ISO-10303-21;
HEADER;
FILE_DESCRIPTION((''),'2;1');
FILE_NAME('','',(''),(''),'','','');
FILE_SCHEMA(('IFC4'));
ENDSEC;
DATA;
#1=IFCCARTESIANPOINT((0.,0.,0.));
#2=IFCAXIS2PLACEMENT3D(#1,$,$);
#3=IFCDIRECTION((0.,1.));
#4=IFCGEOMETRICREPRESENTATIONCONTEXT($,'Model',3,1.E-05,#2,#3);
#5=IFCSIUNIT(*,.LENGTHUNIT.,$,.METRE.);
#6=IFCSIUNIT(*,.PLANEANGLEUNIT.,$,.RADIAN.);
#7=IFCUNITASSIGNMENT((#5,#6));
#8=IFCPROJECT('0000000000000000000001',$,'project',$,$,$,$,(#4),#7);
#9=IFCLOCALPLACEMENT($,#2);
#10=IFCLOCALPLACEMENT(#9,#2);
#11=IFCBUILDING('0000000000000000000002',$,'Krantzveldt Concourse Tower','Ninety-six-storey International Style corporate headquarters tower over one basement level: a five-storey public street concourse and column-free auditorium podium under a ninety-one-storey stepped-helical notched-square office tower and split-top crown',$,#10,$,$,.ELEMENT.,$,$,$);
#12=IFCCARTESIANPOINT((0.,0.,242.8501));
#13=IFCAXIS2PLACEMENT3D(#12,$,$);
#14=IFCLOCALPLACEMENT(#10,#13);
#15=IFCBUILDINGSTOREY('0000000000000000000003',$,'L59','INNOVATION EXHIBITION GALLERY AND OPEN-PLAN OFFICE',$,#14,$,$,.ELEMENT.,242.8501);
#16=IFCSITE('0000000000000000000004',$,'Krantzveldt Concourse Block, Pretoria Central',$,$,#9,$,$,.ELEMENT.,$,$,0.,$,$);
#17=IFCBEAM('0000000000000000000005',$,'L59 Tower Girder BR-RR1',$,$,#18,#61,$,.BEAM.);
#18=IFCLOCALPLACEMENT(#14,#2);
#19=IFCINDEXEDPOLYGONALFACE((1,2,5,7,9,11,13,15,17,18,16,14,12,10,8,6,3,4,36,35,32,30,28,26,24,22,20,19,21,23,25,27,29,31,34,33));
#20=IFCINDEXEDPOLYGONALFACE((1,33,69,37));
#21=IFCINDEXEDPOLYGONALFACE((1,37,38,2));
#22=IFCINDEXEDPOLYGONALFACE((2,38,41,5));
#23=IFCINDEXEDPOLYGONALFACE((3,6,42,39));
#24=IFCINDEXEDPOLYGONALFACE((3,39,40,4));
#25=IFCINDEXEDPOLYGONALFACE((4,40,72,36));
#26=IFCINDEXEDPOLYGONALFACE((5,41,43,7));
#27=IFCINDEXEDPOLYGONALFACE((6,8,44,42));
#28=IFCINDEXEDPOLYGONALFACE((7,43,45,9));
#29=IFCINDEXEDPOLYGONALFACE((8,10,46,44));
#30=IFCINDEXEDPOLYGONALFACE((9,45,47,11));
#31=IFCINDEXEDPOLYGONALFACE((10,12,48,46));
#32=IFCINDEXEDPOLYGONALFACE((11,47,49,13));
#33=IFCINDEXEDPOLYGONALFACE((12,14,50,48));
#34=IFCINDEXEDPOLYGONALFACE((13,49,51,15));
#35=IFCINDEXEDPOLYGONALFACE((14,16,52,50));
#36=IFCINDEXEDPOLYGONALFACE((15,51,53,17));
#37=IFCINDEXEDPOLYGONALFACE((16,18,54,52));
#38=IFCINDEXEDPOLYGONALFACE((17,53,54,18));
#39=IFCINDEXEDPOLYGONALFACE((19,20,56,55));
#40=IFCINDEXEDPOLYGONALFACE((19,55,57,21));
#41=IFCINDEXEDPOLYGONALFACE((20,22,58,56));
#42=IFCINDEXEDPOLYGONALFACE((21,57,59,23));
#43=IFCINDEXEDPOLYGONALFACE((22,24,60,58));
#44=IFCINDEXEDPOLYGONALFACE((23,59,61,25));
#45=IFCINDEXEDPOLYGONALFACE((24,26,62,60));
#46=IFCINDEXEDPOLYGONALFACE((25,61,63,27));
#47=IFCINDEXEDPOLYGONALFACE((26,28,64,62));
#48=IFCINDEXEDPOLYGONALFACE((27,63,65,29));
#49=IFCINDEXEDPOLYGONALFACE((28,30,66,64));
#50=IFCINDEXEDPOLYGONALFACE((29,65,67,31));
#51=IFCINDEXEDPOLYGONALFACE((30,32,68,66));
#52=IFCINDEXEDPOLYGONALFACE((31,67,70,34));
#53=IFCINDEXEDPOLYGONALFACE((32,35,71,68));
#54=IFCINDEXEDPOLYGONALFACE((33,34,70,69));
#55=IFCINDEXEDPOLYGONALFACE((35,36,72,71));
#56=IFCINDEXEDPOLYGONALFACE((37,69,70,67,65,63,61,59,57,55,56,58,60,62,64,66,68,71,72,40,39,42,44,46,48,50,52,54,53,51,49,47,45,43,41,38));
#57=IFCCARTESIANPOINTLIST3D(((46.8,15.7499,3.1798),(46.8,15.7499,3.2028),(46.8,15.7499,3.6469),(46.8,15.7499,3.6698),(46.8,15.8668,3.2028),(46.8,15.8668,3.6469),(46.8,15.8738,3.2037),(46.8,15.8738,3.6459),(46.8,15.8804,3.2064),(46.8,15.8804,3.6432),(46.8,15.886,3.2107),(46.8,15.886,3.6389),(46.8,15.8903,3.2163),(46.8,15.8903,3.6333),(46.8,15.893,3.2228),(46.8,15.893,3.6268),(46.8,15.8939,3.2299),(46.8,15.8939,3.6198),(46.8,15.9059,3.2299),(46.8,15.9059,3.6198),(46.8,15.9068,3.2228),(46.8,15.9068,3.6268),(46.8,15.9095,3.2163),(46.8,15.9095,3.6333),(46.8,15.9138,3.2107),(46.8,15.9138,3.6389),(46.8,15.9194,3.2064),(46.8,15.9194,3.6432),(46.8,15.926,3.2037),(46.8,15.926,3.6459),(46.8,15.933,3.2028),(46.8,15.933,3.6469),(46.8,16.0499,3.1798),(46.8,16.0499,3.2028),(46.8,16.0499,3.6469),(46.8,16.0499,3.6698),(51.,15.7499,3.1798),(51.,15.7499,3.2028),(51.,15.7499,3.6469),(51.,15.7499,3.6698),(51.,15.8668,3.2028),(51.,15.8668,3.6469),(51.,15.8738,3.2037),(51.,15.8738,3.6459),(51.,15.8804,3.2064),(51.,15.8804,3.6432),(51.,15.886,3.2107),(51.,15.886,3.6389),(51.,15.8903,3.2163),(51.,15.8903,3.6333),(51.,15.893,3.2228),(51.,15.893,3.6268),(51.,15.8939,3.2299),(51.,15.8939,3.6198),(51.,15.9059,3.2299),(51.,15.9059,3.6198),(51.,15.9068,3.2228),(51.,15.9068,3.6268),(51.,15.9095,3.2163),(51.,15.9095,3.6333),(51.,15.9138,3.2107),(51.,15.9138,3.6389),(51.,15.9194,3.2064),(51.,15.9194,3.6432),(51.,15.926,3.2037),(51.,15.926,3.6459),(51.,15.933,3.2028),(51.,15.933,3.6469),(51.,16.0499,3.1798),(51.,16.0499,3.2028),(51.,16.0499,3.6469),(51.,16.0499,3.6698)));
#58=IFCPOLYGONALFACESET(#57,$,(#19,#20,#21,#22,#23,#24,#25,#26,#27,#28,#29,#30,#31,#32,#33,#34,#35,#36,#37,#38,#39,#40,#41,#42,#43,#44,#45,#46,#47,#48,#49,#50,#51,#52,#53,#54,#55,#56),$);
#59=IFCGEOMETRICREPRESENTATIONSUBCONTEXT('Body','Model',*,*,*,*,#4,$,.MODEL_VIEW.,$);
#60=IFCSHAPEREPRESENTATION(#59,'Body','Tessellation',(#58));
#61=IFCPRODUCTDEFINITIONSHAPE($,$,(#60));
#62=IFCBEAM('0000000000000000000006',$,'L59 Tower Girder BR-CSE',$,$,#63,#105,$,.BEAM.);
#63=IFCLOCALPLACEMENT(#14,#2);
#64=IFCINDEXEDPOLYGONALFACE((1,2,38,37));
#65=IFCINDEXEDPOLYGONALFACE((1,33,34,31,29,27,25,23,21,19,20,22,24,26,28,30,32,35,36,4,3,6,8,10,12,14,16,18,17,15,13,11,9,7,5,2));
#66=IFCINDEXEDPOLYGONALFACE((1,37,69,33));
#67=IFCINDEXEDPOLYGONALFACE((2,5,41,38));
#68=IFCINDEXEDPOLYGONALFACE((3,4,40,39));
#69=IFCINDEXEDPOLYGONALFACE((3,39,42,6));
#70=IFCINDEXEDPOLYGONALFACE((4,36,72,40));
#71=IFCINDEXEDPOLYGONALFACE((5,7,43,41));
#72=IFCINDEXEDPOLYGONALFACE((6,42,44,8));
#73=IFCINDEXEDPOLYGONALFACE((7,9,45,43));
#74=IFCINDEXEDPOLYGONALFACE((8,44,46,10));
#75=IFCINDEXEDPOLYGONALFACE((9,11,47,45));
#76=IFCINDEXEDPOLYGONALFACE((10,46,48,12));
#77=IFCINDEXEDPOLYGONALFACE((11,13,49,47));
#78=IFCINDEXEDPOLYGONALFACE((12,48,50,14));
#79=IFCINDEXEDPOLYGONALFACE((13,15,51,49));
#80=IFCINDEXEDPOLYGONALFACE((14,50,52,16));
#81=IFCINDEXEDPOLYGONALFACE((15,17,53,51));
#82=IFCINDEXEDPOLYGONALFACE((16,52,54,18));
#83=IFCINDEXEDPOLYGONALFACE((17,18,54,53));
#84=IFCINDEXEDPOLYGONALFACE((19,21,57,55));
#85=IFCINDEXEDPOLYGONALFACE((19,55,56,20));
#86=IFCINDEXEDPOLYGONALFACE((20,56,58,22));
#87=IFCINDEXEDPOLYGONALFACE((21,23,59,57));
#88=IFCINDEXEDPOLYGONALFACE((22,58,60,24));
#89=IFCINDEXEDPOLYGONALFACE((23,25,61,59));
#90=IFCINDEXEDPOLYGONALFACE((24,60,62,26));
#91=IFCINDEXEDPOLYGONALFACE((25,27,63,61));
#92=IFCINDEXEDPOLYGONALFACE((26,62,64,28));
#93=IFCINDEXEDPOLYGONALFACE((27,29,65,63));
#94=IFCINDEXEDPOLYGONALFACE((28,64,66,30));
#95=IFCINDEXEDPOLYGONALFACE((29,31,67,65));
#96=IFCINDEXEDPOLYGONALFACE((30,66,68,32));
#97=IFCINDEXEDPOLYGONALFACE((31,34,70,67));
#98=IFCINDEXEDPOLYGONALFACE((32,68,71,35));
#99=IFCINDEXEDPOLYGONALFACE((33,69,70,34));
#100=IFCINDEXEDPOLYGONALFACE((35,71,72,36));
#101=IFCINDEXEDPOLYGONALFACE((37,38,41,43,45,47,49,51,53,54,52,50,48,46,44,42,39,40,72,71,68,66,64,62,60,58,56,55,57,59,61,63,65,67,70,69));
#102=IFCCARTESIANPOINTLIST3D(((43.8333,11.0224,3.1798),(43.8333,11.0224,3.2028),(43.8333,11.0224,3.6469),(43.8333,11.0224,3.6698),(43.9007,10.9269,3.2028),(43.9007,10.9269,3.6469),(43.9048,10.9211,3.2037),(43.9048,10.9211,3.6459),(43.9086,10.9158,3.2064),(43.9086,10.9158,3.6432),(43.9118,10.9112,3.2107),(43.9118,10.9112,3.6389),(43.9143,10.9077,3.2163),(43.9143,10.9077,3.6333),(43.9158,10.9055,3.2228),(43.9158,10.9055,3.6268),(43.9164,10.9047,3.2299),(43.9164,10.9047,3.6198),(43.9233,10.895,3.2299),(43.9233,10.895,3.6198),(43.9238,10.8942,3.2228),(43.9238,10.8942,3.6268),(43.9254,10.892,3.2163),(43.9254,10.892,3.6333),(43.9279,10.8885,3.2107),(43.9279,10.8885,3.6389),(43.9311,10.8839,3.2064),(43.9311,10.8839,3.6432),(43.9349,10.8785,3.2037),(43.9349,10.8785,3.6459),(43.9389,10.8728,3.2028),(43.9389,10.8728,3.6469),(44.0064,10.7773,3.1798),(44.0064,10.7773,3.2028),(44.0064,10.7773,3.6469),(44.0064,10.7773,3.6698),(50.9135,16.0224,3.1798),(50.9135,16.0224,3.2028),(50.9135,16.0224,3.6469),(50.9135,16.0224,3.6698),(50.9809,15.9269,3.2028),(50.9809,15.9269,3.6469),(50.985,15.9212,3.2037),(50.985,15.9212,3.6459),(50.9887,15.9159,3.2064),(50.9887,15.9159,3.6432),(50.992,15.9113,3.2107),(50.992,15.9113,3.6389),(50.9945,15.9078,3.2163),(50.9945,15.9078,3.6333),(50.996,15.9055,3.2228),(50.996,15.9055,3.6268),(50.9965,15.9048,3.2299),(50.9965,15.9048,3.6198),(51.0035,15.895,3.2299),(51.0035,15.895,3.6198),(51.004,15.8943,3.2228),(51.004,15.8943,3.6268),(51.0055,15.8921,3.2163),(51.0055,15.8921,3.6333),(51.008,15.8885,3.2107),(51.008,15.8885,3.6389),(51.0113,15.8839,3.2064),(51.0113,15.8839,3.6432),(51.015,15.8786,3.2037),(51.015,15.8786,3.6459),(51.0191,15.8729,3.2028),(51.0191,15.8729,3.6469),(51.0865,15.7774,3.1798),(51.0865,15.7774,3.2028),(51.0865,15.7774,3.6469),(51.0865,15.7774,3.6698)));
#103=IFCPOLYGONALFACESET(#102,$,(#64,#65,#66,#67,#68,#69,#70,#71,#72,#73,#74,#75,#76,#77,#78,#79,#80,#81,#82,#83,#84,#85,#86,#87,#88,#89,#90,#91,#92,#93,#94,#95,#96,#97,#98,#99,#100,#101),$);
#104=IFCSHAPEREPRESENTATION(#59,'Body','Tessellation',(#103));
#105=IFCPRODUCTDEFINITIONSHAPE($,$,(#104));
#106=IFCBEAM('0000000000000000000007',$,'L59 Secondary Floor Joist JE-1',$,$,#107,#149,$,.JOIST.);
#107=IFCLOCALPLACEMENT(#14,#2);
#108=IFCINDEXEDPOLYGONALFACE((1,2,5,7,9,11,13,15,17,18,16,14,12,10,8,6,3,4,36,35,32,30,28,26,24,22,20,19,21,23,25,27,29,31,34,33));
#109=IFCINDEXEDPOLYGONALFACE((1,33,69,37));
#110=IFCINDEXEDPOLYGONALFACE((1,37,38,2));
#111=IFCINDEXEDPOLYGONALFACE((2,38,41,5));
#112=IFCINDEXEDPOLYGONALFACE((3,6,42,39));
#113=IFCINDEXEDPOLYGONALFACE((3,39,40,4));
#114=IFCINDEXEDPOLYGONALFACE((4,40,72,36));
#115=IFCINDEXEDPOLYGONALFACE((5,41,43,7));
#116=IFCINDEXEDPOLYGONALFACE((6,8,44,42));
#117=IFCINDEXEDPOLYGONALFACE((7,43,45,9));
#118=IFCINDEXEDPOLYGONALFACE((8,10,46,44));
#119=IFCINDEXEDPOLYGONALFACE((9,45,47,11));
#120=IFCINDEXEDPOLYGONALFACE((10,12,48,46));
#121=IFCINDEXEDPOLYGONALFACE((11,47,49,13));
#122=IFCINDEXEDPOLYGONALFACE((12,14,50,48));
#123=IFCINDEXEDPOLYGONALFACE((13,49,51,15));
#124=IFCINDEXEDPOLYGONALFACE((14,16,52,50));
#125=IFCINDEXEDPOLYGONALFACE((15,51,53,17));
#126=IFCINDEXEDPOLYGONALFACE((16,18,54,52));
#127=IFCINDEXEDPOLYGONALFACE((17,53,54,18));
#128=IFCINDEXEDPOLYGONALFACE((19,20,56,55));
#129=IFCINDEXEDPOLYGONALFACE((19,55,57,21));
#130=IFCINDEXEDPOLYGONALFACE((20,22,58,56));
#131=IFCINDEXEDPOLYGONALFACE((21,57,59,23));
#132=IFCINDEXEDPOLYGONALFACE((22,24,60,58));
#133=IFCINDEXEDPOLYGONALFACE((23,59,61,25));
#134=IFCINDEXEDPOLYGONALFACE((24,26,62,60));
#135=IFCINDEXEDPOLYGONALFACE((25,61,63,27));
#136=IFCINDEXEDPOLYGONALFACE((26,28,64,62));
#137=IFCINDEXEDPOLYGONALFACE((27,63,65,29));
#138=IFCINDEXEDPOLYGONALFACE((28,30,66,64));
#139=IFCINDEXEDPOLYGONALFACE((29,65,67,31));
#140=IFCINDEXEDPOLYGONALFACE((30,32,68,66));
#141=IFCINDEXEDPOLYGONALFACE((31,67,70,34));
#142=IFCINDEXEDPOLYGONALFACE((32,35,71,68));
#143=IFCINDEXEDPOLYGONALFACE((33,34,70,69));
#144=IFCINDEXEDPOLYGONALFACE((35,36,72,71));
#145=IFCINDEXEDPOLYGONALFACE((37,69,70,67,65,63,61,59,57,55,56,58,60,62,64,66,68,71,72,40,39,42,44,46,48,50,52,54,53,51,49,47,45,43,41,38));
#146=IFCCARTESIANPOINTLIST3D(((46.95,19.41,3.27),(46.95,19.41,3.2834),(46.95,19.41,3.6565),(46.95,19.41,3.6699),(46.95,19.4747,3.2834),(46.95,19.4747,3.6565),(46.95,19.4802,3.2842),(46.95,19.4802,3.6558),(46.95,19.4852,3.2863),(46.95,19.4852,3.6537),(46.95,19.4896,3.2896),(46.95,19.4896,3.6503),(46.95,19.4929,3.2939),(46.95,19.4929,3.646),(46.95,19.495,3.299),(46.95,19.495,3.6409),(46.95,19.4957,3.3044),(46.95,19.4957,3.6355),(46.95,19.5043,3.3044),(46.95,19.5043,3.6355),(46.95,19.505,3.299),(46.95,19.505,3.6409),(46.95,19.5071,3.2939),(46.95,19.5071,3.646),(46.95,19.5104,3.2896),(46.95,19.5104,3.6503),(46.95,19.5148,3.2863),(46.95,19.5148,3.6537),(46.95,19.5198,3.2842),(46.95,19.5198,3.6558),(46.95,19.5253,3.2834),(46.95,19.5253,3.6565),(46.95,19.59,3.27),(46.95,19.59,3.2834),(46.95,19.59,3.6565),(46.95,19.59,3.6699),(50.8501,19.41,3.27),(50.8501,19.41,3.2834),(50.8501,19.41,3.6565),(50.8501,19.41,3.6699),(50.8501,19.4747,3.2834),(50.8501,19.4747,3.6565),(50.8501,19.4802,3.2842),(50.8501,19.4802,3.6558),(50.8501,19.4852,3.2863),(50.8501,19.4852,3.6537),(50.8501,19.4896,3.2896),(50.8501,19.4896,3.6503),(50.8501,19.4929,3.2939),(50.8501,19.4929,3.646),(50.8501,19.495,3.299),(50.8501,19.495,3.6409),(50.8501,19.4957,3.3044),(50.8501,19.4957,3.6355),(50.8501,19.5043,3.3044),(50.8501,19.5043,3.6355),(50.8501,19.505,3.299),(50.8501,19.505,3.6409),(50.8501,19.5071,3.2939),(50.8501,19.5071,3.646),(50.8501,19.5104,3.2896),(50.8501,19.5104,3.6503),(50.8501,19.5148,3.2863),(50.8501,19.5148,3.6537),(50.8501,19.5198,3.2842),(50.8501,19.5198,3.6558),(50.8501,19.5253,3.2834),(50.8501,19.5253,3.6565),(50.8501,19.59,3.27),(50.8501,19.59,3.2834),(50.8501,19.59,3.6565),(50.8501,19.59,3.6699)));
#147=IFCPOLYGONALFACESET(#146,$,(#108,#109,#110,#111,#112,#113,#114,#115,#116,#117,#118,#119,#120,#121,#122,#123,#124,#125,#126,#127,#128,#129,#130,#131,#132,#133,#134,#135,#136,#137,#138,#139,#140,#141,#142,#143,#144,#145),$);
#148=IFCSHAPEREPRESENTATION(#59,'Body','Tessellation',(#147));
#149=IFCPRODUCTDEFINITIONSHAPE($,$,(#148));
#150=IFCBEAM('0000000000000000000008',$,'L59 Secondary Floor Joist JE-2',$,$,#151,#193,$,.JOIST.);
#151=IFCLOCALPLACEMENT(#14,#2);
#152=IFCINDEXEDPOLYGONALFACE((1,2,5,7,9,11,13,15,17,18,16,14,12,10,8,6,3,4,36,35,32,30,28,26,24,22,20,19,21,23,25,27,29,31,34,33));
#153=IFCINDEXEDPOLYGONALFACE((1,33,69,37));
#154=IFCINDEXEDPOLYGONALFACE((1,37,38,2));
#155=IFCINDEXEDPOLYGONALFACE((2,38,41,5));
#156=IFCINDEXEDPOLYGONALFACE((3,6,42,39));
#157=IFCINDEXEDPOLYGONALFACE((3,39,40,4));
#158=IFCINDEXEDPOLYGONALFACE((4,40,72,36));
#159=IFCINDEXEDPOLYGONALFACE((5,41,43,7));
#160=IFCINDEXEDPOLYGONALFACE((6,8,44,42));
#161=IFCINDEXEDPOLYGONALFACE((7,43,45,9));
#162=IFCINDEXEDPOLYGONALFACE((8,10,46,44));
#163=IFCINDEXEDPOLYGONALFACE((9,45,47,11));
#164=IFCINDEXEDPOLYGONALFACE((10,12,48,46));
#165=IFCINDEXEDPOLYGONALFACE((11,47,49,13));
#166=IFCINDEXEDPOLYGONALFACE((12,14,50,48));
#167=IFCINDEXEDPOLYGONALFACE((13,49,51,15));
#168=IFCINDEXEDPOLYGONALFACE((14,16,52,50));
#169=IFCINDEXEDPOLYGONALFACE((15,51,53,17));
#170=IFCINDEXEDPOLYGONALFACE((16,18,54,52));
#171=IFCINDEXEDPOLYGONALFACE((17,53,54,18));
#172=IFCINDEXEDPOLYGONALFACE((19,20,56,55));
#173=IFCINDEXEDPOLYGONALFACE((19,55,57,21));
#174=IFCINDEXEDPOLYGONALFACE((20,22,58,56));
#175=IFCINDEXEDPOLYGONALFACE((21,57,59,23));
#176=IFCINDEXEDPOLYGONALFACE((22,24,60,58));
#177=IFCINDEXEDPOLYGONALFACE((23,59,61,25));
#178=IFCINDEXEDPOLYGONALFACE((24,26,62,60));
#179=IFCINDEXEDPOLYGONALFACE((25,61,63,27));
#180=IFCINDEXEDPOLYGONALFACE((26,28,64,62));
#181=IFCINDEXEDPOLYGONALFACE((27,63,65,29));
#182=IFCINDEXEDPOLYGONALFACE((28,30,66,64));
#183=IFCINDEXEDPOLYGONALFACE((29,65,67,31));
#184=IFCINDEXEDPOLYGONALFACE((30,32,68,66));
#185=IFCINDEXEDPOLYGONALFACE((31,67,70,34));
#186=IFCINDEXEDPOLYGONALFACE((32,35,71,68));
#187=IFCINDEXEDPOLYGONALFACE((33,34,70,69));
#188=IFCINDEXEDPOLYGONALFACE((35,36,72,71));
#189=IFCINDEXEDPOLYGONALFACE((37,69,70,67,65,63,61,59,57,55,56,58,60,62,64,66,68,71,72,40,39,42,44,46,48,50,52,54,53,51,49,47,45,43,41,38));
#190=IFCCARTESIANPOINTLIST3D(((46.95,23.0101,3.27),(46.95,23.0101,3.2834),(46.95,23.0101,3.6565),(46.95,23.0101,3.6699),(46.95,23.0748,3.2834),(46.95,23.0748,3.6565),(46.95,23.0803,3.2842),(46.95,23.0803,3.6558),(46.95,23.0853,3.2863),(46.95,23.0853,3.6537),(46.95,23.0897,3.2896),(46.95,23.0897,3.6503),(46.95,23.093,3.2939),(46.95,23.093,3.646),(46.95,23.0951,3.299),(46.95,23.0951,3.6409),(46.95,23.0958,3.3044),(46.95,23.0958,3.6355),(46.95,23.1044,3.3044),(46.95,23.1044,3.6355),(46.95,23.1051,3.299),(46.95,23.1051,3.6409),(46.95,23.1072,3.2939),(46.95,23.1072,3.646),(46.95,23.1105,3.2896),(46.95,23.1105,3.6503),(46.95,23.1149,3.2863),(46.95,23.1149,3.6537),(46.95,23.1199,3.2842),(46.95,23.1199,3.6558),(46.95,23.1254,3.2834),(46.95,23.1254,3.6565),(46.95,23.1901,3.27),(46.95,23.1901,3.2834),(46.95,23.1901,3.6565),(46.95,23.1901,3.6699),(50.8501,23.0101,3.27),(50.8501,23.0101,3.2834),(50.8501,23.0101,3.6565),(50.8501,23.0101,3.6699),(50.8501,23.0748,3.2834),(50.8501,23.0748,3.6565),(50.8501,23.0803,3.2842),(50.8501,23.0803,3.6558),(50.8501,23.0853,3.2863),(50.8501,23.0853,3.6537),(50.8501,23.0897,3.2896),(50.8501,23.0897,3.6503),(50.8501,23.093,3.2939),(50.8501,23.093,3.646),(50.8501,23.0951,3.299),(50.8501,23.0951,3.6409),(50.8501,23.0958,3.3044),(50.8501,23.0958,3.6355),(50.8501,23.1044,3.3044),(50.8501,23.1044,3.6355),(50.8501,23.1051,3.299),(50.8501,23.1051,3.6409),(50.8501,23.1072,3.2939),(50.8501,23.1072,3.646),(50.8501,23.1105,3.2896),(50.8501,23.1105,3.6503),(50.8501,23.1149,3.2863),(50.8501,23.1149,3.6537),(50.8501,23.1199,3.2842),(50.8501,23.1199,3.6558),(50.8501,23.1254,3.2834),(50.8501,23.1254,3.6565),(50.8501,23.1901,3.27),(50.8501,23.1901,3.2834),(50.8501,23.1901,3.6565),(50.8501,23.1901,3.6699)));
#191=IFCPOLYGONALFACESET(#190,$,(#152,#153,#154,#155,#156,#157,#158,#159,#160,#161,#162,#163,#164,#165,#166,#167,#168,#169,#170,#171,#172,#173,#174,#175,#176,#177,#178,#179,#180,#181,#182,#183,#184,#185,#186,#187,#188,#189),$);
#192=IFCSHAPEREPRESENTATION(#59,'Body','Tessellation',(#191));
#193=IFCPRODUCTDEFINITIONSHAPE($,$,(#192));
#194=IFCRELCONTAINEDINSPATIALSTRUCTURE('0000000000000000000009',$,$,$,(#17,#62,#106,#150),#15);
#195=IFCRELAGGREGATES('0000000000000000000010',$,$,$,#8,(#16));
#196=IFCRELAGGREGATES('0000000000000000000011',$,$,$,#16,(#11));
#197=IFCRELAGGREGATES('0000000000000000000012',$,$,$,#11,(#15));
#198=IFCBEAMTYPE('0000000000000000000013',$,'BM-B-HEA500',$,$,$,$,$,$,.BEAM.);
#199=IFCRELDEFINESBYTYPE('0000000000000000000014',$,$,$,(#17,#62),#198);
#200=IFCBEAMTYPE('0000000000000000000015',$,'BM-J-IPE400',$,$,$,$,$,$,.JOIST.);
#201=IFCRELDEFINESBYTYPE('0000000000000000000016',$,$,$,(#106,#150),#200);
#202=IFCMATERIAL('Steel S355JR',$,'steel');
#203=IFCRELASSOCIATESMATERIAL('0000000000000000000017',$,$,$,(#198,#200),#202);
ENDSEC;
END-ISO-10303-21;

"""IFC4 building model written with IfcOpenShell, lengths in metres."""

from ifc_helpers import new_model, si_unit, direction, frame, origin, origin_2d, place, context, subcontext, project, spatial, i_section, extrude, source, transform, mapped, material, material_profile, profile_set, type_object, type_shapes, element, save


model = new_model("IFC4")

# Units and contexts
model_context = context("Model", 3, precision=1e-05, world=origin(), true_north=direction((0.0, 1.0)))
body_context = subcontext(model_context, "Body", "Model", "MODEL_VIEW")
ifc_project = project(units=[si_unit("LENGTHUNIT", "METRE"), si_unit("PLANEANGLEUNIT", "RADIAN")], contexts=[model_context])

# Site, building, storey
site_placement = place(None, origin())
site = spatial("IfcSite", under=ifc_project, at=site_placement, Name="Krantzveldt Concourse Block, Pretoria Central", CompositionType="ELEMENT", RefElevation=0.0)
building_placement = place(site_placement, origin())
building = spatial("IfcBuilding", under=site, at=building_placement, Name="Krantzveldt Concourse Tower", Description="Ninety-six-storey International Style corporate headquarters tower over one basement level: a five-storey public street concourse and column-free auditorium podium under a ninety-one-storey stepped-helical notched-square office tower and split-top crown", CompositionType="ELEMENT")
storey_placement = place(building_placement, frame((0.0, 0.0, 242.8501)))
storey = spatial("IfcBuildingStorey", under=building, at=storey_placement, Name="L59", Description="INNOVATION EXHIBITION GALLERY AND OPEN-PLAN OFFICE", CompositionType="ELEMENT", Elevation=242.8501)

# Beams
ifc_material_1 = material(Name="Steel S355JR", Category="steel")
ifc_material_profile_1 = material_profile(ifc_material_1, i_section(OverallWidth=0.3, OverallDepth=0.49, WebThickness=0.012, FlangeThickness=0.0229, FilletRadius=0.0271, at=origin_2d()), Name="Steel S355JR", Category="steel")
ifc_profile_set_1 = profile_set([ifc_material_profile_1], Name="Steel S355JR - HEA 500")
beam_type_1 = type_object("IfcBeamType", Name="BM-B-HEA500", PredefinedType="BEAM", material=ifc_profile_set_1)
shared_shape_1 = source(origin(), body_context, "Body", "SweptSolid", [
    extrude(i_section(OverallWidth=0.3, OverallDepth=0.49, WebThickness=0.012, FlangeThickness=0.0229, FilletRadius=0.0271, at=origin_2d()), origin(), (0.0, 0.0, 1.0), 4.2),
])
beam_1_placement = place(storey_placement, frame((46.8, 15.8999, 3.4248), z_axis=(1.0, 0.0, 0.0), x_axis=(0.0, 1.0, 0.0)))
element("IfcBeam", 1, at=beam_1_placement, inside=storey, type_object=beam_type_1, Name="L59 Tower Girder BR-RR1", PredefinedType="BEAM", context=body_context, shape_type="MappedRepresentation", body=[
    mapped(shared_shape_1, transform((0.0, 0.0, 0.0), x_axis=(1.0, 0.0, 0.0), y_axis=(0.0, 1.0, 0.0), z_axis=(0.0, 0.0, 1.0), scale=1.0)),
])
shared_shape_2 = source(origin(), body_context, "Body", "SweptSolid", [
    extrude(i_section(OverallWidth=0.3, OverallDepth=0.49, WebThickness=0.012, FlangeThickness=0.0229, FilletRadius=0.0271, at=origin_2d()), origin(), (0.0, 0.0, 1.0), 8.6677),
])
beam_2_placement = place(storey_placement, frame((51.0, 15.8999, 3.4248), z_axis=(-0.816843, -0.57686, 0.0), x_axis=(0.57686, -0.816843, 0.0)))
element("IfcBeam", 2, at=beam_2_placement, inside=storey, type_object=beam_type_1, Name="L59 Tower Girder BR-CSE", PredefinedType="BEAM", context=body_context, shape_type="MappedRepresentation", body=[
    mapped(shared_shape_2, transform((0.0, 0.0, 0.0), x_axis=(1.0, 0.0, 0.0), y_axis=(0.0, 1.0, 0.0), z_axis=(0.0, 0.0, 1.0), scale=1.0)),
])
ifc_material_profile_2 = material_profile(ifc_material_1, i_section(OverallWidth=0.1799, OverallDepth=0.3999, WebThickness=0.0085, FlangeThickness=0.0134, FilletRadius=0.021, at=origin_2d()), Name="Steel S355JR", Category="steel")
ifc_profile_set_2 = profile_set([ifc_material_profile_2], Name="Steel S355JR - IPE 400")
beam_type_2 = type_object("IfcBeamType", Name="BM-J-IPE400", PredefinedType="JOIST", material=ifc_profile_set_2)
shared_shape_3 = source(origin(), body_context, "Body", "SweptSolid", [
    extrude(i_section(OverallWidth=0.1799, OverallDepth=0.3999, WebThickness=0.0085, FlangeThickness=0.0134, FilletRadius=0.021, at=origin_2d()), origin(), (0.0, 0.0, 1.0), 3.9001),
])
type_shapes(beam_type_2, [shared_shape_3])
for number, where, z_axis, x_axis, name in (
    (3, (46.95, 19.5, 3.47), (1.0, 0.0, 0.0), (0.0, 1.0, 0.0), "L59 Secondary Floor Joist JE-1"),
    (4, (46.95, 23.1001, 3.47), (1.0, 0.0, 0.0), (0.0, 1.0, 0.0), "L59 Secondary Floor Joist JE-2"),
):
    element("IfcBeam", number, at=place(storey_placement, frame(where, z_axis=z_axis, x_axis=x_axis)), inside=storey, type_object=beam_type_2, Name=name, PredefinedType="JOIST", context=body_context, shape_type="MappedRepresentation", body=[
        mapped(shared_shape_3, transform((0.0, 0.0, 0.0), x_axis=(1.0, 0.0, 0.0), y_axis=(0.0, 1.0, 0.0), z_axis=(0.0, 0.0, 1.0), scale=1.0)),
    ])

save(model, "model.ifc")
